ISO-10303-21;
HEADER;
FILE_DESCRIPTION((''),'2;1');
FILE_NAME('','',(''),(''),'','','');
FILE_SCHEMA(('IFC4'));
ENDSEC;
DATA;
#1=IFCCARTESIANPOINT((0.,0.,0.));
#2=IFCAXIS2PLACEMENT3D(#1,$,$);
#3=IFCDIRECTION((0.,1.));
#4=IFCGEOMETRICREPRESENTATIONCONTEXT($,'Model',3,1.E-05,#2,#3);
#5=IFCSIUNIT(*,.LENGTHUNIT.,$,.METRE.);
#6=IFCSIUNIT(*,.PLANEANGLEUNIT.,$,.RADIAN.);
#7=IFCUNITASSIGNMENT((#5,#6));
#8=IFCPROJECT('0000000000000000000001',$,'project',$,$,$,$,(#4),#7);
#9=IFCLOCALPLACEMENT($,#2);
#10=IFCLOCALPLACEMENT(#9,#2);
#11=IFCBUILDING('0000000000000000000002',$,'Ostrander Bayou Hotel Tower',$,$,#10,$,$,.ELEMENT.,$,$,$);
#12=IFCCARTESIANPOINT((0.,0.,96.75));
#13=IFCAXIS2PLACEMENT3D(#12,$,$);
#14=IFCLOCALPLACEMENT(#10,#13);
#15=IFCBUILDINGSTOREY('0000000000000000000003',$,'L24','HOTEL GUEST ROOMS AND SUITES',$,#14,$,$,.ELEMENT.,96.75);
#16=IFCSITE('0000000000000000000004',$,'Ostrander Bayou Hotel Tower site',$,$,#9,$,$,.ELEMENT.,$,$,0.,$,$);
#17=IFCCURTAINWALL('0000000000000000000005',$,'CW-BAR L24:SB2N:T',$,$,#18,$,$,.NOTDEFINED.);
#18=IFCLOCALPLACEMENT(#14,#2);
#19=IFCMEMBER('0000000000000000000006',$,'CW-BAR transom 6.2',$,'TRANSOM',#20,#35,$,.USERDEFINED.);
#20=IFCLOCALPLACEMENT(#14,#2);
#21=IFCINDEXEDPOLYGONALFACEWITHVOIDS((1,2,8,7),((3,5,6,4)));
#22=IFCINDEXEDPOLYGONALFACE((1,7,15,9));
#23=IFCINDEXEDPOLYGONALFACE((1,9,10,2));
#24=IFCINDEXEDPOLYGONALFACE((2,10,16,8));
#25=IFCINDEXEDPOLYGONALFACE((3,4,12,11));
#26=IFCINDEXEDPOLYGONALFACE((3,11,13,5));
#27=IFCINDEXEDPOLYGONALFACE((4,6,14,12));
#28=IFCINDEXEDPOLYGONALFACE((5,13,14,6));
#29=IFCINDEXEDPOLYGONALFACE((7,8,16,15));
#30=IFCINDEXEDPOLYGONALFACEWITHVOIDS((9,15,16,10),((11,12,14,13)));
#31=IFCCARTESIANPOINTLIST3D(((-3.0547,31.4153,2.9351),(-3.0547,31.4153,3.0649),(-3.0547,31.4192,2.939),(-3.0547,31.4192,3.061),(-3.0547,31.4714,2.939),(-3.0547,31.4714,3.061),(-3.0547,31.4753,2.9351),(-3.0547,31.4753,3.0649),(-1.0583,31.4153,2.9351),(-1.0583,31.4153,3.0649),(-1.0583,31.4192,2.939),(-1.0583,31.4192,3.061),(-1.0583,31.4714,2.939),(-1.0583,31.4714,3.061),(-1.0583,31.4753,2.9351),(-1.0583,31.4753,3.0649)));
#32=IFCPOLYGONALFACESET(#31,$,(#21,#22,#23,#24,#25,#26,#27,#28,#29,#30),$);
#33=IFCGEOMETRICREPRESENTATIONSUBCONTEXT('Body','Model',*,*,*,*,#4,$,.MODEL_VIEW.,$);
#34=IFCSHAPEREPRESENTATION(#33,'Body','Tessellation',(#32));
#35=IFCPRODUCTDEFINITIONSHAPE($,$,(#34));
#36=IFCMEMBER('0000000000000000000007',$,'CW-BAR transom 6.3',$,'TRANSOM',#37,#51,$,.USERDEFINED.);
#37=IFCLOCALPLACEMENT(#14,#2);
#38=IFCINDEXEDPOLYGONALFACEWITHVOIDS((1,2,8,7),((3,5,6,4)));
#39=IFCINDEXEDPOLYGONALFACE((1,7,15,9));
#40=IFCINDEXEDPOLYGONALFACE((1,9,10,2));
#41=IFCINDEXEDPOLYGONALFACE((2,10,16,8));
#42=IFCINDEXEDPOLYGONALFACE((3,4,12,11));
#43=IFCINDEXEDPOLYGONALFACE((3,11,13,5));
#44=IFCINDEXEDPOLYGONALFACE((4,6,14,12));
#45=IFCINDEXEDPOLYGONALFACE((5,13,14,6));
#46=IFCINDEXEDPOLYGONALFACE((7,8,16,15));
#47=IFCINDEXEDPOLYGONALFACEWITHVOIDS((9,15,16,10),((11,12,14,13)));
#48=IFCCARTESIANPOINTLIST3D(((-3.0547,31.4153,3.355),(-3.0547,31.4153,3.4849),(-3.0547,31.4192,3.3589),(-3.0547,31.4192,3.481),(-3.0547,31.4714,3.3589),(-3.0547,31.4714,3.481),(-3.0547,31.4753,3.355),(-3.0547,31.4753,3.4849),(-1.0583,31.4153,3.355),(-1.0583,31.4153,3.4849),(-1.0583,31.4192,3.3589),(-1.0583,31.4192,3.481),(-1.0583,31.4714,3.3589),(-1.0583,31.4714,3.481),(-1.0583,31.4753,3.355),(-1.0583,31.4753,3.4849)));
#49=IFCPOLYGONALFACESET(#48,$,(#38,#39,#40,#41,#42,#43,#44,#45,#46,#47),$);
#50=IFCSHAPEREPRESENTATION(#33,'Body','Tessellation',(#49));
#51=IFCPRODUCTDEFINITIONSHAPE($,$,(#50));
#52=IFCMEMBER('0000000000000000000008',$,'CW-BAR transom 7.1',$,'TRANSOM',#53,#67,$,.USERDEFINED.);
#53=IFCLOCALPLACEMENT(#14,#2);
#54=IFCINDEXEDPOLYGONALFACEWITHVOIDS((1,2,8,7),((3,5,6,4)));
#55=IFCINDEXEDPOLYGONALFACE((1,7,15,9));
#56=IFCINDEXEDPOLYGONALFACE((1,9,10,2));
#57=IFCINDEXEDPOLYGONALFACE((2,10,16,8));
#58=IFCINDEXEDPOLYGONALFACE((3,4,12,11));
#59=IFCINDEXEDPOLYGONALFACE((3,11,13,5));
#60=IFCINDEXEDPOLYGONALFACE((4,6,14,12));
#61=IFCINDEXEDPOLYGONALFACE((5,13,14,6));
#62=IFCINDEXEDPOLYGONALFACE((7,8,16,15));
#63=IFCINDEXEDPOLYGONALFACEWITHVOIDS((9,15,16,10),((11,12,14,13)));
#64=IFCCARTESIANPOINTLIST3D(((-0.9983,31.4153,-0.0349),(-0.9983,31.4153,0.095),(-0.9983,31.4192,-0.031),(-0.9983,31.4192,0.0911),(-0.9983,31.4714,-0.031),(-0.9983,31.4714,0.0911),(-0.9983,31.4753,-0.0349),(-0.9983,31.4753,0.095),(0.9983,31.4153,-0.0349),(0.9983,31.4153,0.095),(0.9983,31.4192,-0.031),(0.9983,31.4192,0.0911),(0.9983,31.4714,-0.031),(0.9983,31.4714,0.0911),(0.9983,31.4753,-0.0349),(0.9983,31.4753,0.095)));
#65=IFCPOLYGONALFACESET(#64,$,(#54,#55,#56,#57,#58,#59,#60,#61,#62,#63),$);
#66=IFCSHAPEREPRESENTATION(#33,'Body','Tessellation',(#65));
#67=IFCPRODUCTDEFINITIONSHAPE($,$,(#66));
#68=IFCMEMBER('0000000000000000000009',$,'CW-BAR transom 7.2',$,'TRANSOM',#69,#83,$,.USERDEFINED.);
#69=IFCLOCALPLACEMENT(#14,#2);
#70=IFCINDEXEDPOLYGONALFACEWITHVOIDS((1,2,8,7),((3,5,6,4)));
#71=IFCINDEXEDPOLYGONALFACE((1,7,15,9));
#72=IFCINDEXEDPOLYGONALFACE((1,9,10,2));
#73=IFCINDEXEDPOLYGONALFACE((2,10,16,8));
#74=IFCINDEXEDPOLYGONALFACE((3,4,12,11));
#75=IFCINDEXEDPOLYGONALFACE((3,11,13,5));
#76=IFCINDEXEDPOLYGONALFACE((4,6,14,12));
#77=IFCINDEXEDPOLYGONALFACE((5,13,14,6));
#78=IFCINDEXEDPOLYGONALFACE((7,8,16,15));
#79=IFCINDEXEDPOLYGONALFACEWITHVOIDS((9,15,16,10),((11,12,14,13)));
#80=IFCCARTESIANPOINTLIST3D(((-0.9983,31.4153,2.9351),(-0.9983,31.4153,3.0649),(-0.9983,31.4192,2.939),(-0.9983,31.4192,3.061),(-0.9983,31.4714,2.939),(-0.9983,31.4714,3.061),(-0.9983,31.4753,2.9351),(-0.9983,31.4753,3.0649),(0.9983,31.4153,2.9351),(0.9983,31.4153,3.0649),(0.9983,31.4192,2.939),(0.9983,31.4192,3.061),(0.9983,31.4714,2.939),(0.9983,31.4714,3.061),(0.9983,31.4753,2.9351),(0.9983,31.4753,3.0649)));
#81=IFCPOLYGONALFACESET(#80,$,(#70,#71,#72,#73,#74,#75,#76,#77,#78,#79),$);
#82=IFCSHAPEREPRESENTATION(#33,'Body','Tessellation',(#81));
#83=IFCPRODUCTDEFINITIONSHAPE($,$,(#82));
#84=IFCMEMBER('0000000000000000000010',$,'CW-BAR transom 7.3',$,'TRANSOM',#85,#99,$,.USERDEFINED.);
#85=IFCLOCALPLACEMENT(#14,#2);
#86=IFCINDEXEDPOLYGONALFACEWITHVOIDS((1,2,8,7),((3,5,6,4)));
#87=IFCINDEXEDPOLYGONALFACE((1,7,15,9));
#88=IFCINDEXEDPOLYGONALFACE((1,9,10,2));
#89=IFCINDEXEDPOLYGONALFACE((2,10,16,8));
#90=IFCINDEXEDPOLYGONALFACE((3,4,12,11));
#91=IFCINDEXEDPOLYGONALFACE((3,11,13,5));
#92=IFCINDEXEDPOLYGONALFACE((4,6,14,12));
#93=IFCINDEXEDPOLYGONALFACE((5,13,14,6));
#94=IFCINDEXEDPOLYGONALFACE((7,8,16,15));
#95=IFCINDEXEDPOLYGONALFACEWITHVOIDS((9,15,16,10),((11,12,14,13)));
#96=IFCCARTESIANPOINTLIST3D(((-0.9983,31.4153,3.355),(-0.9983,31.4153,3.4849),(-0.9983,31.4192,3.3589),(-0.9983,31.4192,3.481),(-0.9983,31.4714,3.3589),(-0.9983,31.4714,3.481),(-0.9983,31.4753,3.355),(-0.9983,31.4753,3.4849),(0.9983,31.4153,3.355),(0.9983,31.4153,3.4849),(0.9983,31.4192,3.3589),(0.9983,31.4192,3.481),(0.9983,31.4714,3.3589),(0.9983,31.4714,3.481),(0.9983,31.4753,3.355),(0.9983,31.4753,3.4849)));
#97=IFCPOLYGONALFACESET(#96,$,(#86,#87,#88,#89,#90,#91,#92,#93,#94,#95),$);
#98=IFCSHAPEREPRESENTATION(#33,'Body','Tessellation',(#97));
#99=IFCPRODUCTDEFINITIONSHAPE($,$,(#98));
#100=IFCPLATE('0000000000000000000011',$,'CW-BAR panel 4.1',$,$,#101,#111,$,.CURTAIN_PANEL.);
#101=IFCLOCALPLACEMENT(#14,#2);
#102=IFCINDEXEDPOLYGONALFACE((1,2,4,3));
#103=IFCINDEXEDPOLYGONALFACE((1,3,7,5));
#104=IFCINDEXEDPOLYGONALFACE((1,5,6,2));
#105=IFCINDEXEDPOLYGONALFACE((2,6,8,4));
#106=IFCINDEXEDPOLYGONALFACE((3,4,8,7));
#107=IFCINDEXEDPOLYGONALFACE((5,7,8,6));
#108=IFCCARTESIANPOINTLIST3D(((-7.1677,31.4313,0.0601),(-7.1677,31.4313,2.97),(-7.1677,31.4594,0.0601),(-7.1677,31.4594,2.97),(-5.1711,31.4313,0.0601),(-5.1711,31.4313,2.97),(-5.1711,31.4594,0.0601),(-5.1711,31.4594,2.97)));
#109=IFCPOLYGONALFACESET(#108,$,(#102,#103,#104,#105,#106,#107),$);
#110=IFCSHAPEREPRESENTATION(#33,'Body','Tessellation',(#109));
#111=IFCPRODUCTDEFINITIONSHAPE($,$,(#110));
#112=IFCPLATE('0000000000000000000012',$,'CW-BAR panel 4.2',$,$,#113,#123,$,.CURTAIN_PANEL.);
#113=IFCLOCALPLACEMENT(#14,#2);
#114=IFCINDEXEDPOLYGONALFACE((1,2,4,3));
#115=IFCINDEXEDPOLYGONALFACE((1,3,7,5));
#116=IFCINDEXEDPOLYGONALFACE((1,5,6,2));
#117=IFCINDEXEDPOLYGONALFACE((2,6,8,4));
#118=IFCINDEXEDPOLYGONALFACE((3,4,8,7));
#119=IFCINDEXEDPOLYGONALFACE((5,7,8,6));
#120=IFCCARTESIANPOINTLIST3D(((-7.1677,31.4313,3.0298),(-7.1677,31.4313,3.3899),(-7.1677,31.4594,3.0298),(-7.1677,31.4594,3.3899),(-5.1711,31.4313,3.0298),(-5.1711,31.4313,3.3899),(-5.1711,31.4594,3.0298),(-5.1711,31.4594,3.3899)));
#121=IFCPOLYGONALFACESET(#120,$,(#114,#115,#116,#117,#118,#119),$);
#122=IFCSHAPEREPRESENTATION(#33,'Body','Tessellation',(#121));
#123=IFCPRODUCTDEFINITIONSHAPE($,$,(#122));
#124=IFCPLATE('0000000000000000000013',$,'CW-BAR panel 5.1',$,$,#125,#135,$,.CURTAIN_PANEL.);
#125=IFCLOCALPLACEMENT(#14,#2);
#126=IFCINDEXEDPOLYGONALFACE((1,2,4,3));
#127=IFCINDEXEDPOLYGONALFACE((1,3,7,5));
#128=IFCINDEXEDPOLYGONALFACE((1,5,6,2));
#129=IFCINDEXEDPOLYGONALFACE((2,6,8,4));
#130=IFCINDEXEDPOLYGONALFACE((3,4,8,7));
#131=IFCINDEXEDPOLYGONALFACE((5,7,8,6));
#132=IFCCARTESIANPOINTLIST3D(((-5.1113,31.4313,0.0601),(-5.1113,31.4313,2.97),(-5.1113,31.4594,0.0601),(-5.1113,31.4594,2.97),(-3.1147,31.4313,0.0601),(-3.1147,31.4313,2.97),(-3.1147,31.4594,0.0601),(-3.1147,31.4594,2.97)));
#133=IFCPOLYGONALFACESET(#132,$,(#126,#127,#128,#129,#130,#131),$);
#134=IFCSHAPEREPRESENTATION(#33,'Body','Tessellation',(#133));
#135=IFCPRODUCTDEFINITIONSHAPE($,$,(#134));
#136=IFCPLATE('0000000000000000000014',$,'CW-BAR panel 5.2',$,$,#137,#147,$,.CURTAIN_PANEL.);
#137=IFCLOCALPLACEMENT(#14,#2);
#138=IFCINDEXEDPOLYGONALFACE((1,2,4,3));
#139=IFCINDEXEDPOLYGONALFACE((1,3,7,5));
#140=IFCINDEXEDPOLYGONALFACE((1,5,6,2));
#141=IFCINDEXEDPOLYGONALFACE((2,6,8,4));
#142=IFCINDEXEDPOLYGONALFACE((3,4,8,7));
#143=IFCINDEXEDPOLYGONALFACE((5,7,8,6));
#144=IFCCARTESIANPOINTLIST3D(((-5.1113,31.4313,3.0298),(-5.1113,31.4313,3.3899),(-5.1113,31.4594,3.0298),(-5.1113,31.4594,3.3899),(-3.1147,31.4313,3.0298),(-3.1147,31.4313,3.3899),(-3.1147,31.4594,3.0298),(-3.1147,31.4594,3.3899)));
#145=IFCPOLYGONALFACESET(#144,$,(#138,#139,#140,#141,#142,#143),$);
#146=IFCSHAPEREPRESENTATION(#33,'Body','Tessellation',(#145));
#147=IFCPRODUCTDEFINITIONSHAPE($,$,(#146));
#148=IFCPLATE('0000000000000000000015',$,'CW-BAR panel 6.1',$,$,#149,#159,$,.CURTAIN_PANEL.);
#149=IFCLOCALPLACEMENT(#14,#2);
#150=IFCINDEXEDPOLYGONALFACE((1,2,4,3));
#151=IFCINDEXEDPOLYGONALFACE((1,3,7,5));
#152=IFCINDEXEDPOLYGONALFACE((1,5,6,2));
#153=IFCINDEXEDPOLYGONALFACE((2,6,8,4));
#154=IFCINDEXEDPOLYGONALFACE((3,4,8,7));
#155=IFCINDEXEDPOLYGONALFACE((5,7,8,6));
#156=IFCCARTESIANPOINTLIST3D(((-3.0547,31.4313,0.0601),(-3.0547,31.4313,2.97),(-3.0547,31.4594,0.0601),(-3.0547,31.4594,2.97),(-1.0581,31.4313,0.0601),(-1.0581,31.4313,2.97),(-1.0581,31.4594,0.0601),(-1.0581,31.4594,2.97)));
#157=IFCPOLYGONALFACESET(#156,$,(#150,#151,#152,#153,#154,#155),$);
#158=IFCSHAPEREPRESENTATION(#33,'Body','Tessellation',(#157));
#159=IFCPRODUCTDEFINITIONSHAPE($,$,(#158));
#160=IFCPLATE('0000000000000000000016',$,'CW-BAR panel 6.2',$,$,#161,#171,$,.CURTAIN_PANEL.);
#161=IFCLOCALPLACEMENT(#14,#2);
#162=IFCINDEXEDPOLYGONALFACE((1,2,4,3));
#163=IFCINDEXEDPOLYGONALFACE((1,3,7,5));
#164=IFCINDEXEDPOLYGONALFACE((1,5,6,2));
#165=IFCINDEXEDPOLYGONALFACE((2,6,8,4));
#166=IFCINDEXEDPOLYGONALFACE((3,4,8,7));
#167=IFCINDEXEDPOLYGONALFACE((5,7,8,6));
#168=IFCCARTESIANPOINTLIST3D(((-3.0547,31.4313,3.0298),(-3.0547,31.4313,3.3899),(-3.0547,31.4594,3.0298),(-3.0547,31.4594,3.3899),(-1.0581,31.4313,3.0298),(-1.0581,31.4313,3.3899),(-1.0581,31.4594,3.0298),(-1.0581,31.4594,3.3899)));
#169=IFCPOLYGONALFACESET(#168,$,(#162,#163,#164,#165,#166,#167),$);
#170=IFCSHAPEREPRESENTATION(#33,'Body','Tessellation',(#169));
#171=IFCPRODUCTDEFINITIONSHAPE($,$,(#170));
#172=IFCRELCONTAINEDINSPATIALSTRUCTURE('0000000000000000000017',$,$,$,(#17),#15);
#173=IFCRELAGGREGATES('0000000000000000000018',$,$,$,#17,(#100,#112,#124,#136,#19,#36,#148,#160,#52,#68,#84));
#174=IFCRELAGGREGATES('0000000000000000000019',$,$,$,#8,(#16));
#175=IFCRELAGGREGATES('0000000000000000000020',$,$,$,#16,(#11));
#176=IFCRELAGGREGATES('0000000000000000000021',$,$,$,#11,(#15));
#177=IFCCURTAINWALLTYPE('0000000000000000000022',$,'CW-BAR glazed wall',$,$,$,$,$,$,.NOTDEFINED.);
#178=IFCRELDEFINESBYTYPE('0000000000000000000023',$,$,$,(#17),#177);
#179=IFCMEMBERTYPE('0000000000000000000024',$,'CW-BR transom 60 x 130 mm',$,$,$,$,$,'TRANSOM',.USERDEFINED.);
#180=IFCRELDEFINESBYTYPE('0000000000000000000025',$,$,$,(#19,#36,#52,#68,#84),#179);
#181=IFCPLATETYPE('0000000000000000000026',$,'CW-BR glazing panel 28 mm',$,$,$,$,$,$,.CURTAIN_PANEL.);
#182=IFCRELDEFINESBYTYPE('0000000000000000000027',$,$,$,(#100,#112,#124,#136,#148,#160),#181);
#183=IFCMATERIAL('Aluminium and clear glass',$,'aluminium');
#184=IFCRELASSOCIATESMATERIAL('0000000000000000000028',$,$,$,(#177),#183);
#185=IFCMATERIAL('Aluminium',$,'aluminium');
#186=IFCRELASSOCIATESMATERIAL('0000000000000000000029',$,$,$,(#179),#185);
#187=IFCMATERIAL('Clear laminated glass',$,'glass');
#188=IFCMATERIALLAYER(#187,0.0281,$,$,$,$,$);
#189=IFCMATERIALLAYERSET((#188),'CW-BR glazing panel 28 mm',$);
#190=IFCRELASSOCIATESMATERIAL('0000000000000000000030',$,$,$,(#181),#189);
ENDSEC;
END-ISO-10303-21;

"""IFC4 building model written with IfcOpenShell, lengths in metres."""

from ifc_helpers import new_model, si_unit, direction, frame, origin, origin_2d, place, context, subcontext, project, spatial, rectangle, hollow_rectangle, extrude, material, layer, layer_set, material_profile, profile_set, type_object, element, aggregate, save


model = new_model("IFC4")

# Units and contexts
model_context = context("Model", 3, precision=1e-05, world=origin(), true_north=direction((0.0, 1.0)))
body_context = subcontext(model_context, "Body", "Model", "MODEL_VIEW")
ifc_project = project(units=[si_unit("LENGTHUNIT", "METRE"), si_unit("PLANEANGLEUNIT", "RADIAN")], contexts=[model_context])

# Site, building, storey
site_placement = place(None, origin())
site = spatial("IfcSite", under=ifc_project, at=site_placement, Name="Ostrander Bayou Hotel Tower site", CompositionType="ELEMENT", RefElevation=0.0)
building_placement = place(site_placement, origin())
building = spatial("IfcBuilding", under=site, at=building_placement, Name="Ostrander Bayou Hotel Tower", CompositionType="ELEMENT")
storey_placement = place(building_placement, frame((0.0, 0.0, 96.75)))
storey = spatial("IfcBuildingStorey", under=building, at=storey_placement, Name="L24", Description="HOTEL GUEST ROOMS AND SUITES", CompositionType="ELEMENT", Elevation=96.75)

# Curtain wall, members, plates
ifc_material_1 = material(Name="Aluminium and clear glass", Category="aluminium")
curtain_wall_type = type_object("IfcCurtainWallType", Name="CW-BAR glazed wall", PredefinedType="NOTDEFINED", material=ifc_material_1)
curtain_wall_placement = place(storey_placement, origin())
curtain_wall = element("IfcCurtainWall", 1, at=curtain_wall_placement, inside=storey, type_object=curtain_wall_type, Name="CW-BAR L24:SB2N:T", PredefinedType="NOTDEFINED")
ifc_material_2 = material(Name="Aluminium", Category="aluminium")
ifc_material_profile_1 = material_profile(ifc_material_2, hollow_rectangle(XDim=0.0601, YDim=0.1299, WallThickness=0.0039, at=origin_2d()))
ifc_profile_set_1 = profile_set([ifc_material_profile_1], Name="Aluminium")
member_type_1 = type_object("IfcMemberType", Name="CW-BR transom 60 x 130 mm", ElementType="TRANSOM", PredefinedType="USERDEFINED", material=ifc_profile_set_1)
member_1_placement = place(storey_placement, frame((-3.0547, 31.4453, 3.0), z_axis=(1.0, 0.0, 0.0), x_axis=(0.0, 1.0, 0.0)))
member_1 = element("IfcMember", 2, at=member_1_placement, type_object=member_type_1, Name="CW-BAR transom 6.2", ObjectType="TRANSOM", PredefinedType="USERDEFINED", context=body_context, shape_type="SweptSolid", body=[
    extrude(hollow_rectangle(XDim=0.0601, YDim=0.1299, WallThickness=0.0039, at=origin_2d()), origin(), (0.0, 0.0, 1.0), 1.9963),
])
member_2_placement = place(storey_placement, frame((-3.0547, 31.4453, 3.4199), z_axis=(1.0, 0.0, 0.0), x_axis=(0.0, 1.0, 0.0)))
member_2 = element("IfcMember", 3, at=member_2_placement, type_object=member_type_1, Name="CW-BAR transom 6.3", ObjectType="TRANSOM", PredefinedType="USERDEFINED", context=body_context, shape_type="SweptSolid", body=[
    extrude(hollow_rectangle(XDim=0.0601, YDim=0.1299, WallThickness=0.0039, at=origin_2d()), origin(), (0.0, 0.0, 1.0), 1.9963),
])
member_3_placement = place(storey_placement, frame((-0.9983, 31.4453, 0.03), z_axis=(1.0, 0.0, 0.0), x_axis=(0.0, 1.0, 0.0)))
member_3 = element("IfcMember", 4, at=member_3_placement, type_object=member_type_1, Name="CW-BAR transom 7.1", ObjectType="TRANSOM", PredefinedType="USERDEFINED", context=body_context, shape_type="SweptSolid", body=[
    extrude(hollow_rectangle(XDim=0.0601, YDim=0.1299, WallThickness=0.0039, at=origin_2d()), origin(), (0.0, 0.0, 1.0), 1.9966),
])
member_4_placement = place(storey_placement, frame((-0.9983, 31.4453, 3.0), z_axis=(1.0, 0.0, 0.0), x_axis=(0.0, 1.0, 0.0)))
member_4 = element("IfcMember", 5, at=member_4_placement, type_object=member_type_1, Name="CW-BAR transom 7.2", ObjectType="TRANSOM", PredefinedType="USERDEFINED", context=body_context, shape_type="SweptSolid", body=[
    extrude(hollow_rectangle(XDim=0.0601, YDim=0.1299, WallThickness=0.0039, at=origin_2d()), origin(), (0.0, 0.0, 1.0), 1.9966),
])
member_5_placement = place(storey_placement, frame((-0.9983, 31.4453, 3.4199), z_axis=(1.0, 0.0, 0.0), x_axis=(0.0, 1.0, 0.0)))
member_5 = element("IfcMember", 6, at=member_5_placement, type_object=member_type_1, Name="CW-BAR transom 7.3", ObjectType="TRANSOM", PredefinedType="USERDEFINED", context=body_context, shape_type="SweptSolid", body=[
    extrude(hollow_rectangle(XDim=0.0601, YDim=0.1299, WallThickness=0.0039, at=origin_2d()), origin(), (0.0, 0.0, 1.0), 1.9966),
])
ifc_material_3 = material(Name="Clear laminated glass", Category="glass")
ifc_layer = layer(ifc_material_3, 0.0281)
ifc_layer_set = layer_set([ifc_layer], Name="CW-BR glazing panel 28 mm")
plate_type = type_object("IfcPlateType", Name="CW-BR glazing panel 28 mm", PredefinedType="CURTAIN_PANEL", material=ifc_layer_set)
plate_1_placement = place(storey_placement, frame((-6.1694, 31.4453, 0.0601), z_axis=(0.0, 0.0, 1.0), x_axis=(1.0, 0.0, 0.0)))
plate_1 = element("IfcPlate", 7, at=plate_1_placement, type_object=plate_type, Name="CW-BAR panel 4.1", PredefinedType="CURTAIN_PANEL", context=body_context, shape_type="SweptSolid", body=[
    extrude(rectangle(XDim=1.9966, YDim=0.0281, at=origin_2d()), origin(), (0.0, 0.0, 1.0), 2.9099),
])
plate_2_placement = place(storey_placement, frame((-6.1694, 31.4453, 3.0298), z_axis=(0.0, 0.0, 1.0), x_axis=(1.0, 0.0, 0.0)))
plate_2 = element("IfcPlate", 8, at=plate_2_placement, type_object=plate_type, Name="CW-BAR panel 4.2", PredefinedType="CURTAIN_PANEL", context=body_context, shape_type="SweptSolid", body=[
    extrude(rectangle(XDim=1.9966, YDim=0.0281, at=origin_2d()), origin(), (0.0, 0.0, 1.0), 0.3601),
])
plate_3_placement = place(storey_placement, frame((-4.113, 31.4453, 0.0601), z_axis=(0.0, 0.0, 1.0), x_axis=(1.0, 0.0, 0.0)))
plate_3 = element("IfcPlate", 9, at=plate_3_placement, type_object=plate_type, Name="CW-BAR panel 5.1", PredefinedType="CURTAIN_PANEL", context=body_context, shape_type="SweptSolid", body=[
    extrude(rectangle(XDim=1.9966, YDim=0.0281, at=origin_2d()), origin(), (0.0, 0.0, 1.0), 2.9099),
])
plate_4_placement = place(storey_placement, frame((-4.113, 31.4453, 3.0298), z_axis=(0.0, 0.0, 1.0), x_axis=(1.0, 0.0, 0.0)))
plate_4 = element("IfcPlate", 10, at=plate_4_placement, type_object=plate_type, Name="CW-BAR panel 5.2", PredefinedType="CURTAIN_PANEL", context=body_context, shape_type="SweptSolid", body=[
    extrude(rectangle(XDim=1.9966, YDim=0.0281, at=origin_2d()), origin(), (0.0, 0.0, 1.0), 0.3601),
])
plate_5_placement = place(storey_placement, frame((-2.0564, 31.4453, 0.0601), z_axis=(0.0, 0.0, 1.0), x_axis=(1.0, 0.0, 0.0)))
plate_5 = element("IfcPlate", 11, at=plate_5_placement, type_object=plate_type, Name="CW-BAR panel 6.1", PredefinedType="CURTAIN_PANEL", context=body_context, shape_type="SweptSolid", body=[
    extrude(rectangle(XDim=1.9966, YDim=0.0281, at=origin_2d()), origin(), (0.0, 0.0, 1.0), 2.9099),
])
plate_6_placement = place(storey_placement, frame((-2.0564, 31.4453, 3.0298), z_axis=(0.0, 0.0, 1.0), x_axis=(1.0, 0.0, 0.0)))
plate_6 = element("IfcPlate", 12, at=plate_6_placement, type_object=plate_type, Name="CW-BAR panel 6.2", PredefinedType="CURTAIN_PANEL", context=body_context, shape_type="SweptSolid", body=[
    extrude(rectangle(XDim=1.9966, YDim=0.0281, at=origin_2d()), origin(), (0.0, 0.0, 1.0), 0.3601),
])
aggregate(curtain_wall, [plate_1, plate_2, plate_3, plate_4, member_1, member_2, plate_5, plate_6, member_3, member_4, member_5])

save(model, "model.ifc")
